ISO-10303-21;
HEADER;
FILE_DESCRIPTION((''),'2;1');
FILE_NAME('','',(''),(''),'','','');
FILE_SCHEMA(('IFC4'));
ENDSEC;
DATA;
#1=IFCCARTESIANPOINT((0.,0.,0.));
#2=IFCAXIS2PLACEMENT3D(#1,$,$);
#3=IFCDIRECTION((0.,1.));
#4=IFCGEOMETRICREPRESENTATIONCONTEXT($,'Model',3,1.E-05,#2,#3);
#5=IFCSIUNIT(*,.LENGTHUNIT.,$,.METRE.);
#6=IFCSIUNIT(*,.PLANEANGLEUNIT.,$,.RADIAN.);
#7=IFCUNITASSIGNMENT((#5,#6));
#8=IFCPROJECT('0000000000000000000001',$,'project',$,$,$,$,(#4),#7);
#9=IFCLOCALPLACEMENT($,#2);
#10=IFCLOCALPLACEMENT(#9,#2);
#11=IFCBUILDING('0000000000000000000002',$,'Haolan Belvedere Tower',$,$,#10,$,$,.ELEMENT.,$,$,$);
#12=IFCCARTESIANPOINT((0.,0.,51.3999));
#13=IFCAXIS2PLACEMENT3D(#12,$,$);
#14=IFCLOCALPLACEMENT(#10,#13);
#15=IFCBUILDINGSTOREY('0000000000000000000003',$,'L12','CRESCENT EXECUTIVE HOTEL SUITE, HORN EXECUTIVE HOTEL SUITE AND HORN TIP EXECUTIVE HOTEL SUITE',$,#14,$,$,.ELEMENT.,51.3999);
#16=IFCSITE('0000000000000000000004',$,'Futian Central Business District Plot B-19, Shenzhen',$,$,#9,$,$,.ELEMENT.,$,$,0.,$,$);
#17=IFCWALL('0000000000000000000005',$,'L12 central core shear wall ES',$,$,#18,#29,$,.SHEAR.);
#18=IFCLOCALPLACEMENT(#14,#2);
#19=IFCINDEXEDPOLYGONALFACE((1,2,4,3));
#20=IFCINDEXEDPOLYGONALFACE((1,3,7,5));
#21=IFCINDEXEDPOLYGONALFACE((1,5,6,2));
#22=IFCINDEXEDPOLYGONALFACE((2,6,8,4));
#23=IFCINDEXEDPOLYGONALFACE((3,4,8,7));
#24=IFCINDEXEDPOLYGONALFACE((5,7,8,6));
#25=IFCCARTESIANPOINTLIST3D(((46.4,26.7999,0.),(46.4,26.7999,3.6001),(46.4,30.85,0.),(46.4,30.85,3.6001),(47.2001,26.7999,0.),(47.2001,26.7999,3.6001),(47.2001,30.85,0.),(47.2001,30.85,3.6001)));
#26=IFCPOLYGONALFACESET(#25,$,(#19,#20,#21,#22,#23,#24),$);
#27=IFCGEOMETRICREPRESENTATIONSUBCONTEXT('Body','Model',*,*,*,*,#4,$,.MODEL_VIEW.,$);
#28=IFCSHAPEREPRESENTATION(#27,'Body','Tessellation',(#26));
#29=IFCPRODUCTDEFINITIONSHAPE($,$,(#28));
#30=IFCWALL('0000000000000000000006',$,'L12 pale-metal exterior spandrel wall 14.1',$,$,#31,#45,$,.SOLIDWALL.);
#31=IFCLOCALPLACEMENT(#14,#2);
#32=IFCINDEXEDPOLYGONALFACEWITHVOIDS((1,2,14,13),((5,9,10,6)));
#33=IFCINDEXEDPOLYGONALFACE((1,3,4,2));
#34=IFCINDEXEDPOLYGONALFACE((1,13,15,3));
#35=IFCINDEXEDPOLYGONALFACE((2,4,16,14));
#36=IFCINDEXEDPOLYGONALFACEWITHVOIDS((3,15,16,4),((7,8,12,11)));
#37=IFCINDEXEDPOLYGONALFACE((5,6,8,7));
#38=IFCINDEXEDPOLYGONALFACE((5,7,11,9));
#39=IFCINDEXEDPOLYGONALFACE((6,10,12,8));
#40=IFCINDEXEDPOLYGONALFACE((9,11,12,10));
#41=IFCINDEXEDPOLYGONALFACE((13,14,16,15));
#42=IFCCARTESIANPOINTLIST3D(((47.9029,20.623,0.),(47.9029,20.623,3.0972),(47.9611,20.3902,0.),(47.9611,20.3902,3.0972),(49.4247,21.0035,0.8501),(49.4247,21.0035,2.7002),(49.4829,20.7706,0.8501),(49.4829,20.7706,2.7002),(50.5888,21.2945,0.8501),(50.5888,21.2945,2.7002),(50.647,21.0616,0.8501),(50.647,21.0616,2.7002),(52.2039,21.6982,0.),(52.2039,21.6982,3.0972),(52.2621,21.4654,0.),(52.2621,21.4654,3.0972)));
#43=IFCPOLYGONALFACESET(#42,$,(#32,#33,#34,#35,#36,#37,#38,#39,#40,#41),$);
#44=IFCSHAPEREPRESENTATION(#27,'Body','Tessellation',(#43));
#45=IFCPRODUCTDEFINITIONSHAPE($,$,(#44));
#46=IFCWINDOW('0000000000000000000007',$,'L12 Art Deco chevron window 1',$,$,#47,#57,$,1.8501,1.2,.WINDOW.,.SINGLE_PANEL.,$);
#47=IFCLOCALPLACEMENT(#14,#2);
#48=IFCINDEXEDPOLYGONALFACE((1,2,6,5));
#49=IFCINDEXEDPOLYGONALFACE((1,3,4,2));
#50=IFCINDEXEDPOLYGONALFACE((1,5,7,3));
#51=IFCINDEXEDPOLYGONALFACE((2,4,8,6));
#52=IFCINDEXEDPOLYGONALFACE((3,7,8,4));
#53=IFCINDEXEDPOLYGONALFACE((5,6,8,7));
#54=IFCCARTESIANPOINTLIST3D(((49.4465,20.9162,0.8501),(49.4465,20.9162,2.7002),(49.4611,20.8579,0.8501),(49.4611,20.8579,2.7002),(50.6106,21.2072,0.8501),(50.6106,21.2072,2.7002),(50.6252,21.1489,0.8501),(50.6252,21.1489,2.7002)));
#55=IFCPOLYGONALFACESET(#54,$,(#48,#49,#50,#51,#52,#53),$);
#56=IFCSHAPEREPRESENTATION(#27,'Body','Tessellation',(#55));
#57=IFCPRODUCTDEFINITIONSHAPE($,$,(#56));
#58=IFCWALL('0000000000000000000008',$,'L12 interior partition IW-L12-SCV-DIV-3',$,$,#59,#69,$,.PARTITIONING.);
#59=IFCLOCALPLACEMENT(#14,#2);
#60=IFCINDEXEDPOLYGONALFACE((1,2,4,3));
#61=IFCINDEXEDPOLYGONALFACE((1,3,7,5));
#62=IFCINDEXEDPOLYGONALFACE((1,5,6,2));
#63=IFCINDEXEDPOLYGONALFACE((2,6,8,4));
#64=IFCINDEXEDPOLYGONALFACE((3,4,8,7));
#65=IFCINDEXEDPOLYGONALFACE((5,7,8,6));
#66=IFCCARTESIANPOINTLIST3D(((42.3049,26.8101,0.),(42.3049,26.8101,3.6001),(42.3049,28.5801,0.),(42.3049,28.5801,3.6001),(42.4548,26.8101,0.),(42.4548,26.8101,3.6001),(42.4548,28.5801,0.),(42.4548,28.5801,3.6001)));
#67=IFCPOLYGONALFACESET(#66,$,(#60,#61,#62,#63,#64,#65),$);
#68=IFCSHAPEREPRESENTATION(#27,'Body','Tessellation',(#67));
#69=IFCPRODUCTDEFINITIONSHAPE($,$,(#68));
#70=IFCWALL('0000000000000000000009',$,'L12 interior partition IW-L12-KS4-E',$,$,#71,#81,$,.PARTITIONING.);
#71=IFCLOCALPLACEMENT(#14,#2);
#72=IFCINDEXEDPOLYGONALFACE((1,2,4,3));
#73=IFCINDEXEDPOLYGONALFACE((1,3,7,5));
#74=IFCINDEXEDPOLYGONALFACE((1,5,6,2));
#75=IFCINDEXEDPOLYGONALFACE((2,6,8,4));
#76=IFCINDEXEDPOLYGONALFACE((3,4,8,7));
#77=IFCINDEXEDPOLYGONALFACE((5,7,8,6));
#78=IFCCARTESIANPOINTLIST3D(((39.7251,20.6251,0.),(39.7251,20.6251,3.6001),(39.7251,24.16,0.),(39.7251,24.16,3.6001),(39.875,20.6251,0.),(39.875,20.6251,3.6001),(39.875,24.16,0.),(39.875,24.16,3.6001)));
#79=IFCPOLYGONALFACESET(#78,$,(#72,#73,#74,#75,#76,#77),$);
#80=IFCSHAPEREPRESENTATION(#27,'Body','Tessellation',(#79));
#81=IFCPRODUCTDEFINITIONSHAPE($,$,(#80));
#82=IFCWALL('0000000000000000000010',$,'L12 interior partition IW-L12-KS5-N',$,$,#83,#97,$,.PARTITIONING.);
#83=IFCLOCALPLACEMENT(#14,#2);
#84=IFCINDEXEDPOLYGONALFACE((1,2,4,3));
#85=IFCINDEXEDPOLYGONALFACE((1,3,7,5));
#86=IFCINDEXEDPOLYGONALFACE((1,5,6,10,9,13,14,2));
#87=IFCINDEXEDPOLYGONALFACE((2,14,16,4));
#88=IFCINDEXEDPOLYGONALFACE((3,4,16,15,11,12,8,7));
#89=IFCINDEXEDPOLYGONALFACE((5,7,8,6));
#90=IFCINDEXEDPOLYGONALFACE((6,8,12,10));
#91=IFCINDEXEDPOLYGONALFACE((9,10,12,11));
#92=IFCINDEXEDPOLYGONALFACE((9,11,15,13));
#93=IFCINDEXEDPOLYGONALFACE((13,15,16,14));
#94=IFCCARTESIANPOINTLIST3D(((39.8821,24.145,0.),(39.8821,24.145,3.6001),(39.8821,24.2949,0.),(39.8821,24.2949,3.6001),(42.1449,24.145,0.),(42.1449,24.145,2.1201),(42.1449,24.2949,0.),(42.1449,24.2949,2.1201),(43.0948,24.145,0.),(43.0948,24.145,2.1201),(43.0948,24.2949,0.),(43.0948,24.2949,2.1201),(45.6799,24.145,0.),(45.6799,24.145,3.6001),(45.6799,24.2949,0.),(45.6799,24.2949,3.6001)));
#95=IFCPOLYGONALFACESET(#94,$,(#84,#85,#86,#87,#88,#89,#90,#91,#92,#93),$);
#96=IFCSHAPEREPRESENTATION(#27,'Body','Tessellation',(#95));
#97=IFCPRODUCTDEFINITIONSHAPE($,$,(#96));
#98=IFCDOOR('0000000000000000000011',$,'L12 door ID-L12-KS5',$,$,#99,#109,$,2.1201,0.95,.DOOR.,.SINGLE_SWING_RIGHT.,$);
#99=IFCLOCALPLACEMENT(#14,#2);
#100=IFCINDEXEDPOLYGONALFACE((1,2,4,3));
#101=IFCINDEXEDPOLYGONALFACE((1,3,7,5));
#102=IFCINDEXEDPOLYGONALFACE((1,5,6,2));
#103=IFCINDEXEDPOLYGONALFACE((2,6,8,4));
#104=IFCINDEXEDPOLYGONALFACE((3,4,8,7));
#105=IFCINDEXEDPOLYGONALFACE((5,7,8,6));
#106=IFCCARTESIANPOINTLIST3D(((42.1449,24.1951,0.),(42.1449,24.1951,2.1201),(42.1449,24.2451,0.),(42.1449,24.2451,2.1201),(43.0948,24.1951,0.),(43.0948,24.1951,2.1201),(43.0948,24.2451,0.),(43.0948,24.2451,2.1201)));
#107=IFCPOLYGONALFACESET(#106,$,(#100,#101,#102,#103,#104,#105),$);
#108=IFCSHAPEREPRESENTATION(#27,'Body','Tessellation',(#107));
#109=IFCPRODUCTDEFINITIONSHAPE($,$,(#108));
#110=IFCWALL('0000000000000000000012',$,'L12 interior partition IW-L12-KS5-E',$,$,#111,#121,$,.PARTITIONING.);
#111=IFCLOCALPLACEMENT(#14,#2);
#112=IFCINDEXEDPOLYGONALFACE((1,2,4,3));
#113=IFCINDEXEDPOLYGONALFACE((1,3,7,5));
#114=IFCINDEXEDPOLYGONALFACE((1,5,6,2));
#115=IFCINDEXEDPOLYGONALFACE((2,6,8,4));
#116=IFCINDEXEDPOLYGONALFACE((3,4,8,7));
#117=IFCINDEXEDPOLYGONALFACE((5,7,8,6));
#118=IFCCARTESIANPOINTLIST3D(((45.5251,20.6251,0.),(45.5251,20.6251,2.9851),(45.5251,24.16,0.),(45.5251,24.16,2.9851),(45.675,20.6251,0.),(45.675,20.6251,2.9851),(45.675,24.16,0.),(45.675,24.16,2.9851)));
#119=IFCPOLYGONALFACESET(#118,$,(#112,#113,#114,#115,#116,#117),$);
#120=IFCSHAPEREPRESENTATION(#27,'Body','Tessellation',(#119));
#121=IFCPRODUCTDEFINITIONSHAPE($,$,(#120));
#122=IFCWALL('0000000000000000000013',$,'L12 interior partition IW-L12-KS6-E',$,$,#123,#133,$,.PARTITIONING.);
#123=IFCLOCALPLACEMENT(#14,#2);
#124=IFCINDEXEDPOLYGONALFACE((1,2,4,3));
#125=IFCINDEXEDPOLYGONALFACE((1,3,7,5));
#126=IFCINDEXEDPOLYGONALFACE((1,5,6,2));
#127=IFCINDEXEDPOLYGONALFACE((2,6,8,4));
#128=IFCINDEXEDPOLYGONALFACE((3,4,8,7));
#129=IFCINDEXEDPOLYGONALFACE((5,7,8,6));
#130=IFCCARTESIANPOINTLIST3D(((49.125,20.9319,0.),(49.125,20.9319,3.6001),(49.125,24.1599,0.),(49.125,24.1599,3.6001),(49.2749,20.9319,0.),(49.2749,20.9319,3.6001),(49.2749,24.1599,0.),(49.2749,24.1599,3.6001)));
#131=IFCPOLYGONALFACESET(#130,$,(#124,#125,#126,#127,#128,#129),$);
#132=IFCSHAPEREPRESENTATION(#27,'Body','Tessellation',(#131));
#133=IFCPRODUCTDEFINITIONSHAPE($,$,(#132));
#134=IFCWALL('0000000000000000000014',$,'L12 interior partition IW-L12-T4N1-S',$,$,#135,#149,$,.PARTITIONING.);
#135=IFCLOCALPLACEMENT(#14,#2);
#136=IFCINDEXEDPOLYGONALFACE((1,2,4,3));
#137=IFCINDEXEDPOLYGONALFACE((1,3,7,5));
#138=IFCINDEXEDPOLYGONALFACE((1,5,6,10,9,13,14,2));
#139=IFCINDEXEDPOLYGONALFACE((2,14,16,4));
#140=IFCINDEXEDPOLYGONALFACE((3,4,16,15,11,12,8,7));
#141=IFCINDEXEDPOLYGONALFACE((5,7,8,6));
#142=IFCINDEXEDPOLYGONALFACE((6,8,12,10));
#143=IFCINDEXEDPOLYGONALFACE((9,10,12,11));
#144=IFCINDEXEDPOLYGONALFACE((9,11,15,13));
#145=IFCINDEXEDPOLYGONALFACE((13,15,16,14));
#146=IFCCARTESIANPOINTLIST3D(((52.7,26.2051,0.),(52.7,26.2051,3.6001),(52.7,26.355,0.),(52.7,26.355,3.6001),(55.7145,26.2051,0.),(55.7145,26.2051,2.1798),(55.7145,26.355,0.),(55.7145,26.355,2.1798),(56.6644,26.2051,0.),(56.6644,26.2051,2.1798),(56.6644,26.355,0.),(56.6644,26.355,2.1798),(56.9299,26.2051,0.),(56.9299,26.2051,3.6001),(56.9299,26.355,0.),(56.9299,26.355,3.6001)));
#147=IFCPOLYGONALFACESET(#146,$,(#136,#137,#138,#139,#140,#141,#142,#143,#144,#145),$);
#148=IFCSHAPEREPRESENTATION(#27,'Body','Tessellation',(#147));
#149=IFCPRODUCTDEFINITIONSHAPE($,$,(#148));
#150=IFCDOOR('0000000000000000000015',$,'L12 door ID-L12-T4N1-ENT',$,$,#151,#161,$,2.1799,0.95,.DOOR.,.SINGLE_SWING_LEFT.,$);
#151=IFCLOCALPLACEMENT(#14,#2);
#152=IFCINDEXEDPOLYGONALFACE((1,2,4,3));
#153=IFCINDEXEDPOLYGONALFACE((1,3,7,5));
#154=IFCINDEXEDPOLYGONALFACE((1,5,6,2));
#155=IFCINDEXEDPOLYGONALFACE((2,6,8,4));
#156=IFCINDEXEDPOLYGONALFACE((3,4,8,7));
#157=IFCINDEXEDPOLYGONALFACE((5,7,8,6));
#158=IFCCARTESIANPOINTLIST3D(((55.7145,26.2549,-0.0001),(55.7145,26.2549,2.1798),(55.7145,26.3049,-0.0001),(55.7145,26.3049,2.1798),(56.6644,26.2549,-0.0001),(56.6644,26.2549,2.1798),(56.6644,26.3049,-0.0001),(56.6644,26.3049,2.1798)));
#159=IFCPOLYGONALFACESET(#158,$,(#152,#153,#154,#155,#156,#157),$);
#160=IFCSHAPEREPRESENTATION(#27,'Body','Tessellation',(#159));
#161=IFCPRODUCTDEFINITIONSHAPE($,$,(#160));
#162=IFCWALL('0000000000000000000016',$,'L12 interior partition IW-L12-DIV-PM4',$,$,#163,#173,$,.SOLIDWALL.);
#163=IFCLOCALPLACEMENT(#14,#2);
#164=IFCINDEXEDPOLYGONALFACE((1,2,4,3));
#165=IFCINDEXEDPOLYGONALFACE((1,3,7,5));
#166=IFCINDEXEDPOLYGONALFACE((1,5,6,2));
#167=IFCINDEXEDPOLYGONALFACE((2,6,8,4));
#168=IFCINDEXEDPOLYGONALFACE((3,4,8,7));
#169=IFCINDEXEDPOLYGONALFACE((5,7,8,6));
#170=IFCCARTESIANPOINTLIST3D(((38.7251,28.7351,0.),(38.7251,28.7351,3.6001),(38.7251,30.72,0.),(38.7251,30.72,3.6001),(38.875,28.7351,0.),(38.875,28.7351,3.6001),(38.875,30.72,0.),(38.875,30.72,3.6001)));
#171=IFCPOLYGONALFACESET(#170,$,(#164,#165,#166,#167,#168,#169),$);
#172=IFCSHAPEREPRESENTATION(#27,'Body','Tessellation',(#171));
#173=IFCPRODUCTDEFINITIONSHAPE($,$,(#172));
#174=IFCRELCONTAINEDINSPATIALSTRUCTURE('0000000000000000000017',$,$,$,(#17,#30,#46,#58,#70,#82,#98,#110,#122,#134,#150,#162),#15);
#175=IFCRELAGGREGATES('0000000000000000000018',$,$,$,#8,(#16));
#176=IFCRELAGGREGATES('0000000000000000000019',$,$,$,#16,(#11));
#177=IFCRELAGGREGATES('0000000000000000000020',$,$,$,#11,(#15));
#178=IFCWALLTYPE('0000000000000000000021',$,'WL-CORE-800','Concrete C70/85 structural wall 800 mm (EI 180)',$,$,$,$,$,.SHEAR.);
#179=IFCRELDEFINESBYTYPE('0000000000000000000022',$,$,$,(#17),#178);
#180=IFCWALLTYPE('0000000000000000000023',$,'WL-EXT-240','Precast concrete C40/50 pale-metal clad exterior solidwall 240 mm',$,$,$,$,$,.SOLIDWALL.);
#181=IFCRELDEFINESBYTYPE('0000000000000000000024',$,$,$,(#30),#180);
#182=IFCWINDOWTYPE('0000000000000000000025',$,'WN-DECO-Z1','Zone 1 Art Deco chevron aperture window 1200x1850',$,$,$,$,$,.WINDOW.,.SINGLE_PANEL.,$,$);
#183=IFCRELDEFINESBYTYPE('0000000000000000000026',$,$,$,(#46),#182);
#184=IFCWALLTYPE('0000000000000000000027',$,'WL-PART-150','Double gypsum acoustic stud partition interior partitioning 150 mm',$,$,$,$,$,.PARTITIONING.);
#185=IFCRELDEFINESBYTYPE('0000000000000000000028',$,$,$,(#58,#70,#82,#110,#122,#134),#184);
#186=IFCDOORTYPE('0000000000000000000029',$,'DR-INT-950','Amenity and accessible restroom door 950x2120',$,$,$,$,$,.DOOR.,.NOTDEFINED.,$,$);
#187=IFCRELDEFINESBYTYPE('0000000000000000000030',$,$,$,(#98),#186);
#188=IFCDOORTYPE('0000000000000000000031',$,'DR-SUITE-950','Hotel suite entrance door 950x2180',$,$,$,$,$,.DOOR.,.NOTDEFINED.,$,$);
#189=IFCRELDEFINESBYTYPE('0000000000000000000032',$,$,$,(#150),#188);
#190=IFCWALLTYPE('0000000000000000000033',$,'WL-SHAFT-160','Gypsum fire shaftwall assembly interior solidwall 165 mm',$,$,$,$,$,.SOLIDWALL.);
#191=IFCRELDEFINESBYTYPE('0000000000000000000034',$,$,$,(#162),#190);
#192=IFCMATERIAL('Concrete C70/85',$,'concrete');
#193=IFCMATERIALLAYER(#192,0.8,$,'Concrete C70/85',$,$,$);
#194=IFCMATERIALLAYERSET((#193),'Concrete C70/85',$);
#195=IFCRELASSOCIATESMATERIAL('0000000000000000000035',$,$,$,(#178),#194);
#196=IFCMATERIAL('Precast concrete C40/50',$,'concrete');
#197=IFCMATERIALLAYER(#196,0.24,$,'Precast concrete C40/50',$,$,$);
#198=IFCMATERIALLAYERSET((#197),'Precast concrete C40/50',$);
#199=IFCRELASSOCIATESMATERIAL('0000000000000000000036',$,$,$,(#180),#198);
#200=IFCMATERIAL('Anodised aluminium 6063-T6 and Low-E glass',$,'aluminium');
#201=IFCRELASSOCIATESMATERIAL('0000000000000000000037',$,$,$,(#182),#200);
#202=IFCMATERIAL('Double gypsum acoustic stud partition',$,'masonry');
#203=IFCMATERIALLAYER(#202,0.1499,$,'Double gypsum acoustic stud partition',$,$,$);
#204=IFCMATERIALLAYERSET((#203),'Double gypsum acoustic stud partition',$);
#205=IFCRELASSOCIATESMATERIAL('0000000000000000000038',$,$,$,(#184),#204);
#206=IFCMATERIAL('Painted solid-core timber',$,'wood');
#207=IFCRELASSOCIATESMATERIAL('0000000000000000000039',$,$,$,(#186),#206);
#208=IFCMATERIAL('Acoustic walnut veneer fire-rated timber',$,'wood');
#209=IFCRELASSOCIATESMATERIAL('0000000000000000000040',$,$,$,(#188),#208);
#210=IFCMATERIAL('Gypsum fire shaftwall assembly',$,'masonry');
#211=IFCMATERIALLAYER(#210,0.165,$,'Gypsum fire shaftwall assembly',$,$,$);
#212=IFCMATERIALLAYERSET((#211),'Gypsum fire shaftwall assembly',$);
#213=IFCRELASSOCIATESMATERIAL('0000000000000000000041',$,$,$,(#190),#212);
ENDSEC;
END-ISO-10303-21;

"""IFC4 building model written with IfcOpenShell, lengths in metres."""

from ifc_helpers import new_model, si_unit, direction, frame, frame_2d, origin, place, context, subcontext, project, spatial, rectangle, extrude, material, layer, layer_set, type_object, element, fill, save


model = new_model("IFC4")

# Units and contexts
model_context = context("Model", 3, precision=1e-05, world=origin(), true_north=direction((0.0, 1.0)))
body_context = subcontext(model_context, "Body", "Model", "MODEL_VIEW")
ifc_project = project(units=[si_unit("LENGTHUNIT", "METRE"), si_unit("PLANEANGLEUNIT", "RADIAN")], contexts=[model_context])

# Site, building, storey
site_placement = place(None, origin())
site = spatial("IfcSite", under=ifc_project, at=site_placement, Name="Futian Central Business District Plot B-19, Shenzhen", CompositionType="ELEMENT", RefElevation=0.0)
building_placement = place(site_placement, origin())
building = spatial("IfcBuilding", under=site, at=building_placement, Name="Haolan Belvedere Tower", CompositionType="ELEMENT")
storey_placement = place(building_placement, frame((0.0, 0.0, 51.3999)))
storey = spatial("IfcBuildingStorey", under=building, at=storey_placement, Name="L12", Description="CRESCENT EXECUTIVE HOTEL SUITE, HORN EXECUTIVE HOTEL SUITE AND HORN TIP EXECUTIVE HOTEL SUITE", CompositionType="ELEMENT", Elevation=51.3999)

# Wall
ifc_material_1 = material(Name="Concrete C70/85", Category="concrete")
ifc_layer_1 = layer(ifc_material_1, 0.8, Name="Concrete C70/85")
ifc_layer_set_1 = layer_set([ifc_layer_1], Name="Concrete C70/85")
wall_type_1 = type_object("IfcWallType", Name="WL-CORE-800", Description="Concrete C70/85 structural wall 800 mm (EI 180)", PredefinedType="SHEAR", material=ifc_layer_set_1)
wall_1_placement = place(storey_placement, frame((46.8, 26.8, 0.0), z_axis=(0.0, 0.0, 1.0), x_axis=(0.0, 1.0, 0.0)))
element("IfcWall", 1, at=wall_1_placement, inside=storey, type_object=wall_type_1, Name="L12 central core shear wall ES", PredefinedType="SHEAR", context=body_context, shape_type="SweptSolid", body=[
    extrude(rectangle(XDim=4.05, YDim=0.8, at=frame_2d((2.0249, 0.0))), origin(), (0.0, 0.0, 1.0), 3.6001),
])

# Wall, opening, window
ifc_material_2 = material(Name="Precast concrete C40/50", Category="concrete")
ifc_layer_2 = layer(ifc_material_2, 0.24, Name="Precast concrete C40/50")
ifc_layer_set_2 = layer_set([ifc_layer_2], Name="Precast concrete C40/50")
wall_type_2 = type_object("IfcWallType", Name="WL-EXT-240", Description="Precast concrete C40/50 pale-metal clad exterior solidwall 240 mm", PredefinedType="SOLIDWALL", material=ifc_layer_set_2)
wall_2_placement = place(storey_placement, frame((47.9319, 20.5066, 0.0), z_axis=(0.0, 0.0, 1.0), x_axis=(0.970146, 0.242523, 0.0)))
wall_2 = element("IfcWall", 2, at=wall_2_placement, inside=storey, type_object=wall_type_2, Name="L12 pale-metal exterior spandrel wall 14.1", PredefinedType="SOLIDWALL", context=body_context, shape_type="SweptSolid", body=[
    extrude(rectangle(XDim=4.4333, YDim=0.24, at=frame_2d((2.2168, 0.0))), origin(), (0.0, 0.0, 1.0), 3.0972),
])
opening_1_placement = place(wall_2_placement, frame((1.5686, 0.0, 0.8501)))
opening_1 = element("IfcOpeningElement", 3, at=opening_1_placement, cuts=wall_2, PredefinedType="OPENING", context=body_context, shape_type="SweptSolid", body=[
    extrude(rectangle(XDim=1.2, YDim=1.8501, at=frame_2d((0.6001, 0.925))), frame((0.0, 0.1299, 0.0), z_axis=(0.0, -1.0, 0.0), x_axis=(1.0, 0.0, 0.0)), (0.0, 0.0, 1.0), 0.26),
])
ifc_material_3 = material(Name="Anodised aluminium 6063-T6 and Low-E glass", Category="aluminium")
window_type = type_object("IfcWindowType", Name="WN-DECO-Z1", Description="Zone 1 Art Deco chevron aperture window 1200x1850", PartitioningType="SINGLE_PANEL", PredefinedType="WINDOW", material=ifc_material_3)
window_placement = place(opening_1_placement, origin())
window = element("IfcWindow", 4, at=window_placement, inside=storey, type_object=window_type, Name="L12 Art Deco chevron window 1", OverallHeight=1.8501, OverallWidth=1.2, PartitioningType="SINGLE_PANEL", PredefinedType="WINDOW", context=body_context, shape_type="SweptSolid", body=[
    extrude(rectangle(XDim=1.2, YDim=1.8501, at=frame_2d((0.6001, 0.925))), frame((0.0, 0.03, 0.0), z_axis=(0.0, -1.0, 0.0), x_axis=(1.0, 0.0, 0.0)), (0.0, 0.0, 1.0), 0.0601),
])
fill(opening_1, window)

# Walls
ifc_material_4 = material(Name="Double gypsum acoustic stud partition", Category="masonry")
ifc_layer_3 = layer(ifc_material_4, 0.1499, Name="Double gypsum acoustic stud partition")
ifc_layer_set_3 = layer_set([ifc_layer_3], Name="Double gypsum acoustic stud partition")
wall_type_3 = type_object("IfcWallType", Name="WL-PART-150", Description="Double gypsum acoustic stud partition interior partitioning 150 mm", PredefinedType="PARTITIONING", material=ifc_layer_set_3)
wall_3_placement = place(storey_placement, frame((42.3799, 26.8101, 0.0), z_axis=(0.0, 0.0, 1.0), x_axis=(0.0, 1.0, 0.0)))
element("IfcWall", 5, at=wall_3_placement, inside=storey, type_object=wall_type_3, Name="L12 interior partition IW-L12-SCV-DIV-3", PredefinedType="PARTITIONING", context=body_context, shape_type="SweptSolid", body=[
    extrude(rectangle(XDim=1.77, YDim=0.1499, at=frame_2d((0.885, 0.0))), origin(), (0.0, 0.0, 1.0), 3.6001),
])
wall_4_placement = place(storey_placement, frame((39.8, 20.625, 0.0), z_axis=(0.0, 0.0, 1.0), x_axis=(0.0, 1.0, 0.0)))
element("IfcWall", 6, at=wall_4_placement, inside=storey, type_object=wall_type_3, Name="L12 interior partition IW-L12-KS4-E", PredefinedType="PARTITIONING", context=body_context, shape_type="SweptSolid", body=[
    extrude(rectangle(XDim=3.5349, YDim=0.1499, at=frame_2d((1.7676, 0.0))), origin(), (0.0, 0.0, 1.0), 3.6001),
])

# Wall, opening, door
wall_5_placement = place(storey_placement, frame((39.8821, 24.22, 0.0), z_axis=(0.0, 0.0, 1.0), x_axis=(1.0, 0.0, 0.0)))
wall_5 = element("IfcWall", 7, at=wall_5_placement, inside=storey, type_object=wall_type_3, Name="L12 interior partition IW-L12-KS5-N", PredefinedType="PARTITIONING", context=body_context, shape_type="SweptSolid", body=[
    extrude(rectangle(XDim=5.7979, YDim=0.1499, at=frame_2d((2.8989, 0.0))), origin(), (0.0, 0.0, 1.0), 3.6001),
])
opening_2_placement = place(wall_5_placement, frame((3.2129, 0.0, 0.0), z_axis=(0.0, 0.0, 1.0), x_axis=(-1.0, 0.0, 0.0)))
opening_2 = element("IfcOpeningElement", 8, at=opening_2_placement, cuts=wall_5, PredefinedType="OPENING", context=body_context, shape_type="SweptSolid", body=[
    extrude(rectangle(XDim=0.95, YDim=2.1201, at=frame_2d((0.4751, 1.0601))), frame((0.0, 0.085, 0.0), z_axis=(0.0, -1.0, 0.0), x_axis=(1.0, 0.0, 0.0)), (0.0, 0.0, 1.0), 0.1699),
])
ifc_material_5 = material(Name="Painted solid-core timber", Category="wood")
door_type_1 = type_object("IfcDoorType", Name="DR-INT-950", Description="Amenity and accessible restroom door 950x2120", OperationType="NOTDEFINED", PredefinedType="DOOR", material=ifc_material_5)
door_1_placement = place(opening_2_placement, origin())
door_1 = element("IfcDoor", 9, at=door_1_placement, inside=storey, type_object=door_type_1, Name="L12 door ID-L12-KS5", OperationType="SINGLE_SWING_RIGHT", OverallHeight=2.1201, OverallWidth=0.95, PredefinedType="DOOR", context=body_context, shape_type="SweptSolid", body=[
    extrude(rectangle(XDim=0.95, YDim=2.1201, at=frame_2d((0.4751, 1.0601))), frame((0.0, 0.0249, 0.0), z_axis=(0.0, -1.0, 0.0), x_axis=(1.0, 0.0, 0.0)), (0.0, 0.0, 1.0), 0.05),
])
fill(opening_2, door_1)

# Wall
wall_6_placement = place(storey_placement, frame((45.6001, 20.625, 0.0), z_axis=(0.0, 0.0, 1.0), x_axis=(0.0, 1.0, 0.0)))
element("IfcWall", 10, at=wall_6_placement, inside=storey, type_object=wall_type_3, Name="L12 interior partition IW-L12-KS5-E", PredefinedType="PARTITIONING", context=body_context, shape_type="SweptSolid", body=[
    extrude(rectangle(XDim=3.5349, YDim=0.1499, at=frame_2d((1.7676, 0.0))), origin(), (0.0, 0.0, 1.0), 2.9851),
])

# Wall
wall_7_placement = place(storey_placement, frame((49.2, 20.9319, 0.0), z_axis=(0.0, 0.0, 1.0), x_axis=(0.0, 1.0, 0.0)))
element("IfcWall", 11, at=wall_7_placement, inside=storey, type_object=wall_type_3, Name="L12 interior partition IW-L12-KS6-E", PredefinedType="PARTITIONING", context=body_context, shape_type="SweptSolid", body=[
    extrude(rectangle(XDim=3.228, YDim=0.1499, at=frame_2d((1.614, 0.0))), origin(), (0.0, 0.0, 1.0), 3.6001),
])

# Wall, opening, door
wall_8_placement = place(storey_placement, frame((52.7, 26.28, 0.0), z_axis=(0.0, 0.0, 1.0), x_axis=(1.0, 0.0, 0.0)))
wall_8 = element("IfcWall", 12, at=wall_8_placement, inside=storey, type_object=wall_type_3, Name="L12 interior partition IW-L12-T4N1-S", PredefinedType="PARTITIONING", context=body_context, shape_type="SweptSolid", body=[
    extrude(rectangle(XDim=4.23, YDim=0.1499, at=frame_2d((2.115, 0.0))), origin(), (0.0, 0.0, 1.0), 3.6001),
])
opening_3_placement = place(wall_8_placement, frame((3.0144, 0.0, 0.0)))
opening_3 = element("IfcOpeningElement", 13, at=opening_3_placement, cuts=wall_8, PredefinedType="OPENING", context=body_context, shape_type="SweptSolid", body=[
    extrude(rectangle(XDim=0.95, YDim=2.1799, at=frame_2d((0.4751, 1.0898))), frame((0.0, 0.085, 0.0), z_axis=(0.0, -1.0, 0.0), x_axis=(1.0, 0.0, 0.0)), (0.0, 0.0, 1.0), 0.1699),
])
ifc_material_6 = material(Name="Acoustic walnut veneer fire-rated timber", Category="wood")
door_type_2 = type_object("IfcDoorType", Name="DR-SUITE-950", Description="Hotel suite entrance door 950x2180", OperationType="NOTDEFINED", PredefinedType="DOOR", material=ifc_material_6)
door_2_placement = place(opening_3_placement, origin())
door_2 = element("IfcDoor", 14, at=door_2_placement, inside=storey, type_object=door_type_2, Name="L12 door ID-L12-T4N1-ENT", OperationType="SINGLE_SWING_LEFT", OverallHeight=2.1799, OverallWidth=0.95, PredefinedType="DOOR", context=body_context, shape_type="SweptSolid", body=[
    extrude(rectangle(XDim=0.95, YDim=2.1799, at=frame_2d((0.4751, 1.0898))), frame((0.0, 0.0249, 0.0), z_axis=(0.0, -1.0, 0.0), x_axis=(1.0, 0.0, 0.0)), (0.0, 0.0, 1.0), 0.05),
])
fill(opening_3, door_2)

# Wall
ifc_material_7 = material(Name="Gypsum fire shaftwall assembly", Category="masonry")
ifc_layer_4 = layer(ifc_material_7, 0.165, Name="Gypsum fire shaftwall assembly")
ifc_layer_set_4 = layer_set([ifc_layer_4], Name="Gypsum fire shaftwall assembly")
wall_type_4 = type_object("IfcWallType", Name="WL-SHAFT-160", Description="Gypsum fire shaftwall assembly interior solidwall 165 mm", PredefinedType="SOLIDWALL", material=ifc_layer_set_4)
wall_9_placement = place(storey_placement, frame((38.8, 28.7351, 0.0), z_axis=(0.0, 0.0, 1.0), x_axis=(0.0, 1.0, 0.0)))
element("IfcWall", 15, at=wall_9_placement, inside=storey, type_object=wall_type_4, Name="L12 interior partition IW-L12-DIV-PM4", PredefinedType="SOLIDWALL", context=body_context, shape_type="SweptSolid", body=[
    extrude(rectangle(XDim=1.9849, YDim=0.1499, at=frame_2d((0.9924, 0.0))), origin(), (0.0, 0.0, 1.0), 3.6001),
])

save(model, "model.ifc")
